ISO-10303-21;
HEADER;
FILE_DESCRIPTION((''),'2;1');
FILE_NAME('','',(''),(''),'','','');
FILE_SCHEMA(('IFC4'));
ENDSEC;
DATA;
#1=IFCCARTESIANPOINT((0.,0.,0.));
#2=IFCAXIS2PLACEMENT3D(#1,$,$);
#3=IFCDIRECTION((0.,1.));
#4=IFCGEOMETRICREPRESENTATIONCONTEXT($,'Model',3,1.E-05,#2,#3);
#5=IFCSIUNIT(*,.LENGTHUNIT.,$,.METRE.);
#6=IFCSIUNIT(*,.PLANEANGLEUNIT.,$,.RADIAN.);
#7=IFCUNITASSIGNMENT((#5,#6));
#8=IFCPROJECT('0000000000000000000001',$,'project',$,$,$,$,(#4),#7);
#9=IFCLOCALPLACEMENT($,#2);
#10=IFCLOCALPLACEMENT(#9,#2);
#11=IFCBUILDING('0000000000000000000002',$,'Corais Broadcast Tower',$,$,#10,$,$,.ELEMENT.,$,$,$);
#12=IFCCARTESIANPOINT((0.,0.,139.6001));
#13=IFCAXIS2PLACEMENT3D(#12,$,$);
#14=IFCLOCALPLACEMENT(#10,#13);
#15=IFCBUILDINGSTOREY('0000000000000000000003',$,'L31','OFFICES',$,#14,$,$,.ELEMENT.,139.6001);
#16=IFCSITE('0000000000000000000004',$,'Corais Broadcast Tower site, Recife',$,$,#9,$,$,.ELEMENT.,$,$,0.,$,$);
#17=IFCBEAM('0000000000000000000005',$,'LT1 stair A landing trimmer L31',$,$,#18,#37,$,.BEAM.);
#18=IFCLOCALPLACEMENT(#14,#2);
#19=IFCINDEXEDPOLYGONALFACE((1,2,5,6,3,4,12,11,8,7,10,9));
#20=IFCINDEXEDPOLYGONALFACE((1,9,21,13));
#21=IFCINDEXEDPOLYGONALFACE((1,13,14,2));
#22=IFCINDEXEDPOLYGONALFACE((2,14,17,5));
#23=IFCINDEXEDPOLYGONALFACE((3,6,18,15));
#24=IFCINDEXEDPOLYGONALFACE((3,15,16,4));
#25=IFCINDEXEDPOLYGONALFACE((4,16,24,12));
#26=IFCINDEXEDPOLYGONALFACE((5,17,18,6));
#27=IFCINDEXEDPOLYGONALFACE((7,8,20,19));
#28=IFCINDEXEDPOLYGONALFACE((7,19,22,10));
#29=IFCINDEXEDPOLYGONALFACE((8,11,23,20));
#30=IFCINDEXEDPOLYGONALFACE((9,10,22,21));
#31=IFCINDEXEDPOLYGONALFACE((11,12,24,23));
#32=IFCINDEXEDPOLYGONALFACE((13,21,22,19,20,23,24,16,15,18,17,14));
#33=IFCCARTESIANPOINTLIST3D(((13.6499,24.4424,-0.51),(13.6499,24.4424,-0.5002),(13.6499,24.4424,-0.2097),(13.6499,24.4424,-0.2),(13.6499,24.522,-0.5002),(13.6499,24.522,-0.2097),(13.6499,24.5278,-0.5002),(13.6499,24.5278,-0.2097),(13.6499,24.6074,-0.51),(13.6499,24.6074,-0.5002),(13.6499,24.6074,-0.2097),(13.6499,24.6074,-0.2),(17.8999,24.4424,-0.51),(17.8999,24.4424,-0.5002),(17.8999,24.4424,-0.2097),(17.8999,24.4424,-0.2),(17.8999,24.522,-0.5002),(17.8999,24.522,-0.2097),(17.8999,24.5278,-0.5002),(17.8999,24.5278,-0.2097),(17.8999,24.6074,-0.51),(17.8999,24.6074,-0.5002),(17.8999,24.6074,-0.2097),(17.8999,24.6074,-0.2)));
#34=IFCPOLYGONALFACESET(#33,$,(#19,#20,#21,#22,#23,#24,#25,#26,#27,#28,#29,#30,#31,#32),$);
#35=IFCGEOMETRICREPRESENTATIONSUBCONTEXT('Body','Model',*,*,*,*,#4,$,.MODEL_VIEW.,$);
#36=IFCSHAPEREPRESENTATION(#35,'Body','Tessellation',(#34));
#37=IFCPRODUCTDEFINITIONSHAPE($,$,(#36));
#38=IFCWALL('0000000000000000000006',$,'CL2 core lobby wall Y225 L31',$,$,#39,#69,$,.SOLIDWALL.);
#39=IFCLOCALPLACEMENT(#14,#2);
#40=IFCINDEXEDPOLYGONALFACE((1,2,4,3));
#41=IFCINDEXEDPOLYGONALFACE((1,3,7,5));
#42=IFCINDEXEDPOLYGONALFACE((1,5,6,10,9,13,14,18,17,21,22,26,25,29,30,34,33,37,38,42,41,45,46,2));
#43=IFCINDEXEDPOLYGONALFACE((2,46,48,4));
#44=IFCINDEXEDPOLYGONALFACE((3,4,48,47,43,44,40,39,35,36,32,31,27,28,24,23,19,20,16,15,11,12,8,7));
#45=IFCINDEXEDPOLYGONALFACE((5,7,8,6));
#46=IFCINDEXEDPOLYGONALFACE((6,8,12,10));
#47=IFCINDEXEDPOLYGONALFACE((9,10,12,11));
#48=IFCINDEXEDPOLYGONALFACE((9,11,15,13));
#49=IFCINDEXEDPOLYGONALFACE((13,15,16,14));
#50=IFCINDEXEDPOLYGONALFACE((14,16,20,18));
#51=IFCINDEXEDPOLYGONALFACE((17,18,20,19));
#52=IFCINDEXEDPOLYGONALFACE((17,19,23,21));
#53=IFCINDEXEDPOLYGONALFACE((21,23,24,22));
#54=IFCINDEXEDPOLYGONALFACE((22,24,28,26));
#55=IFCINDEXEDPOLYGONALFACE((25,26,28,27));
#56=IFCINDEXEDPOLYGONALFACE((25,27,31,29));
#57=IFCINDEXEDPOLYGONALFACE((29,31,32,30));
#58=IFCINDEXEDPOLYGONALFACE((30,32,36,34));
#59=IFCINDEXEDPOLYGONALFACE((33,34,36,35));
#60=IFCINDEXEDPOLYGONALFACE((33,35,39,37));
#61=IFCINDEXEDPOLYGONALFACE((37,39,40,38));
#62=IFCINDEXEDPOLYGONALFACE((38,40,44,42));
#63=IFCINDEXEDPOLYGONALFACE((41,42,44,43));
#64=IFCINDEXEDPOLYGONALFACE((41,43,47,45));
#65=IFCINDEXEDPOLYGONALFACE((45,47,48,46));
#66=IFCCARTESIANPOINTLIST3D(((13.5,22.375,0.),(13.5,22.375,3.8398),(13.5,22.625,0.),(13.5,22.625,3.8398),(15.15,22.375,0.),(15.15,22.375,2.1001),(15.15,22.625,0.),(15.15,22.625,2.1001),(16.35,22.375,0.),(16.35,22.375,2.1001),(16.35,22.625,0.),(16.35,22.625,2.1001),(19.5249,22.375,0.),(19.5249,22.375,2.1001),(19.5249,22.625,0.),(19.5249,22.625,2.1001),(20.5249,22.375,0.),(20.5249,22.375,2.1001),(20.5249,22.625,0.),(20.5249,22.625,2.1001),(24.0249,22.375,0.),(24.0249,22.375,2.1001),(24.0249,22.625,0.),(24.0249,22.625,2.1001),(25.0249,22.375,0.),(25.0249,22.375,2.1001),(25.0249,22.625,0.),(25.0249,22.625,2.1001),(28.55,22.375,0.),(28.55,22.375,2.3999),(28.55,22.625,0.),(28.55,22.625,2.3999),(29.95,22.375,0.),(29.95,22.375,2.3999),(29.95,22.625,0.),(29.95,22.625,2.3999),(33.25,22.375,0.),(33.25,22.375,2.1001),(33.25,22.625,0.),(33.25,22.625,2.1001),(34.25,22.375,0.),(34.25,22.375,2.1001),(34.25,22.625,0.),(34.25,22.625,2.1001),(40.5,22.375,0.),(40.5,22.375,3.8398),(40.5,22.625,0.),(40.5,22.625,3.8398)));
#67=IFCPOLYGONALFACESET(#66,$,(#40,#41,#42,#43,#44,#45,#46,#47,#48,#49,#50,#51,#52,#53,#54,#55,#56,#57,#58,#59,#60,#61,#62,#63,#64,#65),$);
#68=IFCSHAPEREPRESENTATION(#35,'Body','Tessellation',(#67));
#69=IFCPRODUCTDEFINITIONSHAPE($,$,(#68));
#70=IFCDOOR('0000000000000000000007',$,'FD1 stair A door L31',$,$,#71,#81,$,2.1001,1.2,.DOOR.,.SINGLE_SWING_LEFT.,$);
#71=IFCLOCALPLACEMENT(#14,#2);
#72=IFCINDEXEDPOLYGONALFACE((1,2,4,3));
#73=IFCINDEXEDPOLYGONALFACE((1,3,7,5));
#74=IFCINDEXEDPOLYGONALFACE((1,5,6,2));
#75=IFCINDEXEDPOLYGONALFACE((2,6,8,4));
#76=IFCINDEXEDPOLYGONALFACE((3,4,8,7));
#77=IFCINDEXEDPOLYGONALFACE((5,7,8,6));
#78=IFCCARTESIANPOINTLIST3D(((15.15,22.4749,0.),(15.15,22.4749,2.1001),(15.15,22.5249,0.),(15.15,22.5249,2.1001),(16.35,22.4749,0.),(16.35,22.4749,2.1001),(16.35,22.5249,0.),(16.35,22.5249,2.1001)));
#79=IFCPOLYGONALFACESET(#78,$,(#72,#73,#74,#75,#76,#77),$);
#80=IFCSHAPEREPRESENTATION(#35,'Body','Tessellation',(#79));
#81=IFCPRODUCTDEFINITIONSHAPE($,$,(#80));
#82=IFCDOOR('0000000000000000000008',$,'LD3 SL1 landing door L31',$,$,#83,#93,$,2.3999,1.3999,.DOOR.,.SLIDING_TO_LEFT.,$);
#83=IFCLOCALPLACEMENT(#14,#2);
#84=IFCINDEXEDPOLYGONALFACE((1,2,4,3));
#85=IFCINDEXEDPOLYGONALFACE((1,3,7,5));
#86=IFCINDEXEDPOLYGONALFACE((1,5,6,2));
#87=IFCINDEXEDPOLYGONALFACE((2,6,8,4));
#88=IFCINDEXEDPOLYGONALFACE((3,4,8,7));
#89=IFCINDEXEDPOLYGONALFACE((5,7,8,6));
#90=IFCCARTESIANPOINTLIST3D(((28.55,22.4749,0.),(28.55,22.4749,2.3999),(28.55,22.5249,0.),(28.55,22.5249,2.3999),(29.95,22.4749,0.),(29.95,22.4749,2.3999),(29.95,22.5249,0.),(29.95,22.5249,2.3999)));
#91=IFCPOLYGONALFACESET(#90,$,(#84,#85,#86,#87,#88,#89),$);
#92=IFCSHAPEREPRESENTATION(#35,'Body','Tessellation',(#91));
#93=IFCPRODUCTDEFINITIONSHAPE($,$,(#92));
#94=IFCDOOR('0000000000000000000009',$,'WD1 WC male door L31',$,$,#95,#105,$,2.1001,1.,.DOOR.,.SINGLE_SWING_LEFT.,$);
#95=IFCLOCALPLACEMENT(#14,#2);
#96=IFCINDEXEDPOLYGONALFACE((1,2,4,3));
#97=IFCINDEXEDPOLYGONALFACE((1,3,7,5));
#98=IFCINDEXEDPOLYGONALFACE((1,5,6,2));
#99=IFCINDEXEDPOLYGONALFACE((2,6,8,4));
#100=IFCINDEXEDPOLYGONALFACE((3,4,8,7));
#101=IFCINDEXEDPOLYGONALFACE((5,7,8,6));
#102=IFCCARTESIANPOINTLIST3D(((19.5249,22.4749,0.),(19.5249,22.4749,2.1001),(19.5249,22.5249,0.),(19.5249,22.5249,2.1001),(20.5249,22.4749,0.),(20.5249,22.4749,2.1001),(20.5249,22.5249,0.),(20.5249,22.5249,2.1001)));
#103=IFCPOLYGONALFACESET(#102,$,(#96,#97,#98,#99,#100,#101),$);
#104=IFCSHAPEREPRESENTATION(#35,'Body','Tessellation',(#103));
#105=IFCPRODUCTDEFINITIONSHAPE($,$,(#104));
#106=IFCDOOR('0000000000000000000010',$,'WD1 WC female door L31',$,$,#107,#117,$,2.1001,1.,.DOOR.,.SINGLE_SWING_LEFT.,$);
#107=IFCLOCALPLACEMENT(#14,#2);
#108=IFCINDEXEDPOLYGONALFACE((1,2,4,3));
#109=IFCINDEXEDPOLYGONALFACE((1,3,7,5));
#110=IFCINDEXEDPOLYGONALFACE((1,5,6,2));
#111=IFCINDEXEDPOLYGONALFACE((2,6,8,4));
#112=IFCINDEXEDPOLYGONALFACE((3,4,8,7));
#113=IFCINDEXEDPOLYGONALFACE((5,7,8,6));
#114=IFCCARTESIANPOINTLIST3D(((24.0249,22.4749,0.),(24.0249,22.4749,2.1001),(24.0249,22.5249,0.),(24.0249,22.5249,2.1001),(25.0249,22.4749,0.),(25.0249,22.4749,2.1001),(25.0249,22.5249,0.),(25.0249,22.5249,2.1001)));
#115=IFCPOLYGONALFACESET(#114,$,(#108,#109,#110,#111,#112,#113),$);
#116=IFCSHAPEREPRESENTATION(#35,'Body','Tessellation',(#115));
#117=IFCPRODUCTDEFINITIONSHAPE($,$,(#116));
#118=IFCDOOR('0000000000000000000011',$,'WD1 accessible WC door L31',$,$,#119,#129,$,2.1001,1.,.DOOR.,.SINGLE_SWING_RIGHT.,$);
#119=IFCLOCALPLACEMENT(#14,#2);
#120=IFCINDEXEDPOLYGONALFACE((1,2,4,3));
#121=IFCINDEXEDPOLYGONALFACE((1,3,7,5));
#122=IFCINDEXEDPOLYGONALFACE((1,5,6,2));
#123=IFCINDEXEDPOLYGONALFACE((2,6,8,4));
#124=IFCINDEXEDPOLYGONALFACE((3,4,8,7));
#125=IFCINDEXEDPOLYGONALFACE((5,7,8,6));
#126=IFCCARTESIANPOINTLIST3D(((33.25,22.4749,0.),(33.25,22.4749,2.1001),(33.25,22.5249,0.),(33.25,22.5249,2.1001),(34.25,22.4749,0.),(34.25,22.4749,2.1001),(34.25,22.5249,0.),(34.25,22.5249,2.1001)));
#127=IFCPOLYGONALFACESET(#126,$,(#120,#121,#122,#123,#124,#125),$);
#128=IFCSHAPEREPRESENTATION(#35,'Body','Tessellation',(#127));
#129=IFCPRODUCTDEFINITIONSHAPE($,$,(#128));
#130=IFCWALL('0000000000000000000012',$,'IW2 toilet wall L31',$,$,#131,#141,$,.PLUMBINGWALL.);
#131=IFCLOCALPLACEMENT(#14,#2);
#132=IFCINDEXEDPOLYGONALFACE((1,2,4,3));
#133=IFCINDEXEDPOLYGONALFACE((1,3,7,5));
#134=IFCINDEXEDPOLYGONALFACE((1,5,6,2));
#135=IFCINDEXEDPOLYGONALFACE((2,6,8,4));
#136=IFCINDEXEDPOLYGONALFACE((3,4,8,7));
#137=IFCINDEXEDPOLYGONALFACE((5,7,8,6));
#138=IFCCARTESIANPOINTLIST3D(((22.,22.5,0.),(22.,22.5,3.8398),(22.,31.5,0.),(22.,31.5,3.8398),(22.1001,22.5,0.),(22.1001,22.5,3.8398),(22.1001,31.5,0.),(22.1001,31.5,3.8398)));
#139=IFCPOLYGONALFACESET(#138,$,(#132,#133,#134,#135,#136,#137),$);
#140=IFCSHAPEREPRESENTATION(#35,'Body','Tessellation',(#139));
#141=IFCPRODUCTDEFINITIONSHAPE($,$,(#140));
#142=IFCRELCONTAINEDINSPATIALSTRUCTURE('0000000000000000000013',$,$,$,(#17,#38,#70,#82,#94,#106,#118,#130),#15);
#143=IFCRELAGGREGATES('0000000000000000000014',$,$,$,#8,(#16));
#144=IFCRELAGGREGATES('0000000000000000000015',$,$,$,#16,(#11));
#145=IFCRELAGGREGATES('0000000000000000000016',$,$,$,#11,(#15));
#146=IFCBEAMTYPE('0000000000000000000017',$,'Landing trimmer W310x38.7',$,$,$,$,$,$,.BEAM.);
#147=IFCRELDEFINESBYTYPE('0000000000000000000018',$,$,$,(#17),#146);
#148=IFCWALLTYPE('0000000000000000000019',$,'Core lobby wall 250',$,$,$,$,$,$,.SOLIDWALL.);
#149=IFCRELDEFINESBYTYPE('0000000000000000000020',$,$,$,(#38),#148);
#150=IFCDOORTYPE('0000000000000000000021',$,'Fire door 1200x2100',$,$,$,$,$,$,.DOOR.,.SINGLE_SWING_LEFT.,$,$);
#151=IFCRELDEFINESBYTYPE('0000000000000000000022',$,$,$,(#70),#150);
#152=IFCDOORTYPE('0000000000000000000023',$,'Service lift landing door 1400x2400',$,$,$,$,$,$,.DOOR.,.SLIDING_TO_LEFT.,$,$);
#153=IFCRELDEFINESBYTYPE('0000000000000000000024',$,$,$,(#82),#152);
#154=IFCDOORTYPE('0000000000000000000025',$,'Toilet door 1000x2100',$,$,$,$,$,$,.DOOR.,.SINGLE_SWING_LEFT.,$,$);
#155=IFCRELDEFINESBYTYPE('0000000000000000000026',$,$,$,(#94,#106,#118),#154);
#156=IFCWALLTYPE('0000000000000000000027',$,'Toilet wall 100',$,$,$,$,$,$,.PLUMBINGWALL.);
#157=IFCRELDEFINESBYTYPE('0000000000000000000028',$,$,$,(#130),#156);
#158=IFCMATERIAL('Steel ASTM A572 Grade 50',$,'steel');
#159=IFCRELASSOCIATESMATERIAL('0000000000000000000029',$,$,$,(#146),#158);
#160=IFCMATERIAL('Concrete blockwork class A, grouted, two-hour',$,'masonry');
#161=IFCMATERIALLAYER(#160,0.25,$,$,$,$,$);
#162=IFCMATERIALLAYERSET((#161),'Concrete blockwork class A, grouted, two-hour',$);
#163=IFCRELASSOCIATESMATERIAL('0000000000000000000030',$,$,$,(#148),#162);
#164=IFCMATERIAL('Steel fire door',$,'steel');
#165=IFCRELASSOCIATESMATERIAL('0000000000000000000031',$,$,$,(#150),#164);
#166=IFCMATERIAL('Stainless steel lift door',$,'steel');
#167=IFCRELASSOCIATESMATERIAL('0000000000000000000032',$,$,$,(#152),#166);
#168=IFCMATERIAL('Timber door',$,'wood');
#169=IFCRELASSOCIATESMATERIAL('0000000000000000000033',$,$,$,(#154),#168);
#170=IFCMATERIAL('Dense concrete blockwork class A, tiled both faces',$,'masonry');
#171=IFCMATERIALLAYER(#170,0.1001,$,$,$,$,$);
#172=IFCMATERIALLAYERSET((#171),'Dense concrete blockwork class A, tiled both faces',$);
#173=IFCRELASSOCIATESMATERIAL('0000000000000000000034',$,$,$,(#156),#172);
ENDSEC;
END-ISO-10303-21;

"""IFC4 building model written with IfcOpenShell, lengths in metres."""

from ifc_helpers import new_model, si_unit, direction, frame, frame_2d, origin, origin_2d, place, context, subcontext, project, spatial, rectangle, i_section, extrude, material, layer, layer_set, material_profile, profile_set, type_object, element, fill, save


model = new_model("IFC4")

# Units and contexts
model_context = context("Model", 3, precision=1e-05, world=origin(), true_north=direction((0.0, 1.0)))
body_context = subcontext(model_context, "Body", "Model", "MODEL_VIEW")
ifc_project = project(units=[si_unit("LENGTHUNIT", "METRE"), si_unit("PLANEANGLEUNIT", "RADIAN")], contexts=[model_context])

# Site, building, storey
site_placement = place(None, origin())
site = spatial("IfcSite", under=ifc_project, at=site_placement, Name="Corais Broadcast Tower site, Recife", CompositionType="ELEMENT", RefElevation=0.0)
building_placement = place(site_placement, origin())
building = spatial("IfcBuilding", under=site, at=building_placement, Name="Corais Broadcast Tower", CompositionType="ELEMENT")
storey_placement = place(building_placement, frame((0.0, 0.0, 139.6001)))
storey = spatial("IfcBuildingStorey", under=building, at=storey_placement, Name="L31", Description="OFFICES", CompositionType="ELEMENT", Elevation=139.6001)

# Beam
ifc_material_1 = material(Name="Steel ASTM A572 Grade 50", Category="steel")
ifc_material_profile = material_profile(ifc_material_1, i_section(OverallWidth=0.165, OverallDepth=0.3101, WebThickness=0.0059, FlangeThickness=0.0098, at=origin_2d()), Name="W310x38.7")
ifc_profile_set = profile_set([ifc_material_profile], Name="Steel ASTM A572 Grade 50")
beam_type = type_object("IfcBeamType", Name="Landing trimmer W310x38.7", PredefinedType="BEAM", material=ifc_profile_set)
beam_placement = place(storey_placement, frame((13.6499, 24.5249, -0.355), z_axis=(1.0, 0.0, 0.0), x_axis=(0.0, 1.0, 0.0)))
element("IfcBeam", 1, at=beam_placement, inside=storey, type_object=beam_type, Name="LT1 stair A landing trimmer L31", PredefinedType="BEAM", context=body_context, shape_type="SweptSolid", body=[
    extrude(i_section(OverallWidth=0.165, OverallDepth=0.3101, WebThickness=0.0059, FlangeThickness=0.0098, at=origin_2d()), origin(), (0.0, 0.0, 1.0), 4.25),
])

# Wall, openings, doors
ifc_material_2 = material(Name="Concrete blockwork class A, grouted, two-hour", Category="masonry")
ifc_layer_1 = layer(ifc_material_2, 0.25)
ifc_layer_set_1 = layer_set([ifc_layer_1], Name="Concrete blockwork class A, grouted, two-hour")
wall_type_1 = type_object("IfcWallType", Name="Core lobby wall 250", PredefinedType="SOLIDWALL", material=ifc_layer_set_1)
wall_1_placement = place(storey_placement, frame((13.5, 22.5, 0.0), z_axis=(0.0, 0.0, 1.0), x_axis=(1.0, 0.0, 0.0)))
wall_1 = element("IfcWall", 2, at=wall_1_placement, inside=storey, type_object=wall_type_1, Name="CL2 core lobby wall Y225 L31", PredefinedType="SOLIDWALL", context=body_context, shape_type="SweptSolid", body=[
    extrude(rectangle(XDim=27.0, YDim=0.25, at=frame_2d((13.5, 0.0))), origin(), (0.0, 0.0, 1.0), 3.8398),
])
opening_1_placement = place(wall_1_placement, frame((1.6499, 0.0, 0.0)))
opening_1 = element("IfcOpeningElement", 3, at=opening_1_placement, cuts=wall_1, PredefinedType="OPENING", context=body_context, shape_type="SweptSolid", body=[
    extrude(rectangle(XDim=1.2, YDim=2.1001, at=frame_2d((0.6001, 1.05))), frame((0.0, 0.135, 0.0), z_axis=(0.0, -1.0, 0.0), x_axis=(1.0, 0.0, 0.0)), (0.0, 0.0, 1.0), 0.27),
])
opening_2_placement = place(wall_1_placement, frame((6.0249, 0.0, 0.0)))
opening_2 = element("IfcOpeningElement", 4, at=opening_2_placement, cuts=wall_1, PredefinedType="OPENING", context=body_context, shape_type="SweptSolid", body=[
    extrude(rectangle(XDim=1.0, YDim=2.1001, at=frame_2d((0.5, 1.05))), frame((0.0, 0.135, 0.0), z_axis=(0.0, -1.0, 0.0), x_axis=(1.0, 0.0, 0.0)), (0.0, 0.0, 1.0), 0.27),
])
opening_3_placement = place(wall_1_placement, frame((10.5249, 0.0, 0.0)))
opening_3 = element("IfcOpeningElement", 5, at=opening_3_placement, cuts=wall_1, PredefinedType="OPENING", context=body_context, shape_type="SweptSolid", body=[
    extrude(rectangle(XDim=1.0, YDim=2.1001, at=frame_2d((0.5, 1.05))), frame((0.0, 0.135, 0.0), z_axis=(0.0, -1.0, 0.0), x_axis=(1.0, 0.0, 0.0)), (0.0, 0.0, 1.0), 0.27),
])
opening_4_placement = place(wall_1_placement, frame((19.75, 0.0, 0.0)))
opening_4 = element("IfcOpeningElement", 6, at=opening_4_placement, cuts=wall_1, PredefinedType="OPENING", context=body_context, shape_type="SweptSolid", body=[
    extrude(rectangle(XDim=1.0, YDim=2.1001, at=frame_2d((0.5, 1.05))), frame((0.0, 0.135, 0.0), z_axis=(0.0, -1.0, 0.0), x_axis=(1.0, 0.0, 0.0)), (0.0, 0.0, 1.0), 0.27),
])
opening_5_placement = place(wall_1_placement, frame((15.05, 0.0, 0.0)))
opening_5 = element("IfcOpeningElement", 7, at=opening_5_placement, cuts=wall_1, PredefinedType="OPENING", context=body_context, shape_type="SweptSolid", body=[
    extrude(rectangle(XDim=1.3999, YDim=2.3999, at=frame_2d((0.7, 1.2))), frame((0.0, 0.135, 0.0), z_axis=(0.0, -1.0, 0.0), x_axis=(1.0, 0.0, 0.0)), (0.0, 0.0, 1.0), 0.27),
])
ifc_material_3 = material(Name="Steel fire door", Category="steel")
door_type_1 = type_object("IfcDoorType", Name="Fire door 1200x2100", OperationType="SINGLE_SWING_LEFT", PredefinedType="DOOR", material=ifc_material_3)
door_1_placement = place(opening_1_placement, origin())
door_1 = element("IfcDoor", 8, at=door_1_placement, inside=storey, type_object=door_type_1, Name="FD1 stair A door L31", OperationType="SINGLE_SWING_LEFT", OverallHeight=2.1001, OverallWidth=1.2, PredefinedType="DOOR", context=body_context, shape_type="SweptSolid", body=[
    extrude(rectangle(XDim=1.2, YDim=2.1001, at=frame_2d((0.6001, 1.05))), frame((0.0, 0.0249, 0.0), z_axis=(0.0, -1.0, 0.0), x_axis=(1.0, 0.0, 0.0)), (0.0, 0.0, 1.0), 0.05),
])
fill(opening_1, door_1)
ifc_material_4 = material(Name="Stainless steel lift door", Category="steel")
door_type_2 = type_object("IfcDoorType", Name="Service lift landing door 1400x2400", OperationType="SLIDING_TO_LEFT", PredefinedType="DOOR", material=ifc_material_4)
door_2_placement = place(opening_5_placement, origin())
door_2 = element("IfcDoor", 9, at=door_2_placement, inside=storey, type_object=door_type_2, Name="LD3 SL1 landing door L31", OperationType="SLIDING_TO_LEFT", OverallHeight=2.3999, OverallWidth=1.3999, PredefinedType="DOOR", context=body_context, shape_type="SweptSolid", body=[
    extrude(rectangle(XDim=1.3999, YDim=2.3999, at=frame_2d((0.7, 1.2))), frame((0.0, 0.0249, 0.0), z_axis=(0.0, -1.0, 0.0), x_axis=(1.0, 0.0, 0.0)), (0.0, 0.0, 1.0), 0.05),
])
fill(opening_5, door_2)
ifc_material_5 = material(Name="Timber door", Category="wood")
door_type_3 = type_object("IfcDoorType", Name="Toilet door 1000x2100", OperationType="SINGLE_SWING_LEFT", PredefinedType="DOOR", material=ifc_material_5)
door_3_placement = place(opening_2_placement, origin())
door_3 = element("IfcDoor", 10, at=door_3_placement, inside=storey, type_object=door_type_3, Name="WD1 WC male door L31", OperationType="SINGLE_SWING_LEFT", OverallHeight=2.1001, OverallWidth=1.0, PredefinedType="DOOR", context=body_context, shape_type="SweptSolid", body=[
    extrude(rectangle(XDim=1.0, YDim=2.1001, at=frame_2d((0.5, 1.05))), frame((0.0, 0.0249, 0.0), z_axis=(0.0, -1.0, 0.0), x_axis=(1.0, 0.0, 0.0)), (0.0, 0.0, 1.0), 0.05),
])
fill(opening_2, door_3)
door_4_placement = place(opening_3_placement, origin())
door_4 = element("IfcDoor", 11, at=door_4_placement, inside=storey, type_object=door_type_3, Name="WD1 WC female door L31", OperationType="SINGLE_SWING_LEFT", OverallHeight=2.1001, OverallWidth=1.0, PredefinedType="DOOR", context=body_context, shape_type="SweptSolid", body=[
    extrude(rectangle(XDim=1.0, YDim=2.1001, at=frame_2d((0.5, 1.05))), frame((0.0, 0.0249, 0.0), z_axis=(0.0, -1.0, 0.0), x_axis=(1.0, 0.0, 0.0)), (0.0, 0.0, 1.0), 0.05),
])
fill(opening_3, door_4)
door_5_placement = place(opening_4_placement, origin())
door_5 = element("IfcDoor", 12, at=door_5_placement, inside=storey, type_object=door_type_3, Name="WD1 accessible WC door L31", OperationType="SINGLE_SWING_RIGHT", OverallHeight=2.1001, OverallWidth=1.0, PredefinedType="DOOR", context=body_context, shape_type="SweptSolid", body=[
    extrude(rectangle(XDim=1.0, YDim=2.1001, at=frame_2d((0.5, 1.05))), frame((0.0, 0.0249, 0.0), z_axis=(0.0, -1.0, 0.0), x_axis=(1.0, 0.0, 0.0)), (0.0, 0.0, 1.0), 0.05),
])
fill(opening_4, door_5)

# Wall
ifc_material_6 = material(Name="Dense concrete blockwork class A, tiled both faces", Category="masonry")
ifc_layer_2 = layer(ifc_material_6, 0.1001)
ifc_layer_set_2 = layer_set([ifc_layer_2], Name="Dense concrete blockwork class A, tiled both faces")
wall_type_2 = type_object("IfcWallType", Name="Toilet wall 100", PredefinedType="PLUMBINGWALL", material=ifc_layer_set_2)
wall_2_placement = place(storey_placement, frame((22.05, 22.5, 0.0), z_axis=(0.0, 0.0, 1.0), x_axis=(0.0, 1.0, 0.0)))
element("IfcWall", 13, at=wall_2_placement, inside=storey, type_object=wall_type_2, Name="IW2 toilet wall L31", PredefinedType="PLUMBINGWALL", context=body_context, shape_type="SweptSolid", body=[
    extrude(rectangle(XDim=9.0, YDim=0.1001, at=frame_2d((4.5, 0.0))), origin(), (0.0, 0.0, 1.0), 3.8398),
])

save(model, "model.ifc")
